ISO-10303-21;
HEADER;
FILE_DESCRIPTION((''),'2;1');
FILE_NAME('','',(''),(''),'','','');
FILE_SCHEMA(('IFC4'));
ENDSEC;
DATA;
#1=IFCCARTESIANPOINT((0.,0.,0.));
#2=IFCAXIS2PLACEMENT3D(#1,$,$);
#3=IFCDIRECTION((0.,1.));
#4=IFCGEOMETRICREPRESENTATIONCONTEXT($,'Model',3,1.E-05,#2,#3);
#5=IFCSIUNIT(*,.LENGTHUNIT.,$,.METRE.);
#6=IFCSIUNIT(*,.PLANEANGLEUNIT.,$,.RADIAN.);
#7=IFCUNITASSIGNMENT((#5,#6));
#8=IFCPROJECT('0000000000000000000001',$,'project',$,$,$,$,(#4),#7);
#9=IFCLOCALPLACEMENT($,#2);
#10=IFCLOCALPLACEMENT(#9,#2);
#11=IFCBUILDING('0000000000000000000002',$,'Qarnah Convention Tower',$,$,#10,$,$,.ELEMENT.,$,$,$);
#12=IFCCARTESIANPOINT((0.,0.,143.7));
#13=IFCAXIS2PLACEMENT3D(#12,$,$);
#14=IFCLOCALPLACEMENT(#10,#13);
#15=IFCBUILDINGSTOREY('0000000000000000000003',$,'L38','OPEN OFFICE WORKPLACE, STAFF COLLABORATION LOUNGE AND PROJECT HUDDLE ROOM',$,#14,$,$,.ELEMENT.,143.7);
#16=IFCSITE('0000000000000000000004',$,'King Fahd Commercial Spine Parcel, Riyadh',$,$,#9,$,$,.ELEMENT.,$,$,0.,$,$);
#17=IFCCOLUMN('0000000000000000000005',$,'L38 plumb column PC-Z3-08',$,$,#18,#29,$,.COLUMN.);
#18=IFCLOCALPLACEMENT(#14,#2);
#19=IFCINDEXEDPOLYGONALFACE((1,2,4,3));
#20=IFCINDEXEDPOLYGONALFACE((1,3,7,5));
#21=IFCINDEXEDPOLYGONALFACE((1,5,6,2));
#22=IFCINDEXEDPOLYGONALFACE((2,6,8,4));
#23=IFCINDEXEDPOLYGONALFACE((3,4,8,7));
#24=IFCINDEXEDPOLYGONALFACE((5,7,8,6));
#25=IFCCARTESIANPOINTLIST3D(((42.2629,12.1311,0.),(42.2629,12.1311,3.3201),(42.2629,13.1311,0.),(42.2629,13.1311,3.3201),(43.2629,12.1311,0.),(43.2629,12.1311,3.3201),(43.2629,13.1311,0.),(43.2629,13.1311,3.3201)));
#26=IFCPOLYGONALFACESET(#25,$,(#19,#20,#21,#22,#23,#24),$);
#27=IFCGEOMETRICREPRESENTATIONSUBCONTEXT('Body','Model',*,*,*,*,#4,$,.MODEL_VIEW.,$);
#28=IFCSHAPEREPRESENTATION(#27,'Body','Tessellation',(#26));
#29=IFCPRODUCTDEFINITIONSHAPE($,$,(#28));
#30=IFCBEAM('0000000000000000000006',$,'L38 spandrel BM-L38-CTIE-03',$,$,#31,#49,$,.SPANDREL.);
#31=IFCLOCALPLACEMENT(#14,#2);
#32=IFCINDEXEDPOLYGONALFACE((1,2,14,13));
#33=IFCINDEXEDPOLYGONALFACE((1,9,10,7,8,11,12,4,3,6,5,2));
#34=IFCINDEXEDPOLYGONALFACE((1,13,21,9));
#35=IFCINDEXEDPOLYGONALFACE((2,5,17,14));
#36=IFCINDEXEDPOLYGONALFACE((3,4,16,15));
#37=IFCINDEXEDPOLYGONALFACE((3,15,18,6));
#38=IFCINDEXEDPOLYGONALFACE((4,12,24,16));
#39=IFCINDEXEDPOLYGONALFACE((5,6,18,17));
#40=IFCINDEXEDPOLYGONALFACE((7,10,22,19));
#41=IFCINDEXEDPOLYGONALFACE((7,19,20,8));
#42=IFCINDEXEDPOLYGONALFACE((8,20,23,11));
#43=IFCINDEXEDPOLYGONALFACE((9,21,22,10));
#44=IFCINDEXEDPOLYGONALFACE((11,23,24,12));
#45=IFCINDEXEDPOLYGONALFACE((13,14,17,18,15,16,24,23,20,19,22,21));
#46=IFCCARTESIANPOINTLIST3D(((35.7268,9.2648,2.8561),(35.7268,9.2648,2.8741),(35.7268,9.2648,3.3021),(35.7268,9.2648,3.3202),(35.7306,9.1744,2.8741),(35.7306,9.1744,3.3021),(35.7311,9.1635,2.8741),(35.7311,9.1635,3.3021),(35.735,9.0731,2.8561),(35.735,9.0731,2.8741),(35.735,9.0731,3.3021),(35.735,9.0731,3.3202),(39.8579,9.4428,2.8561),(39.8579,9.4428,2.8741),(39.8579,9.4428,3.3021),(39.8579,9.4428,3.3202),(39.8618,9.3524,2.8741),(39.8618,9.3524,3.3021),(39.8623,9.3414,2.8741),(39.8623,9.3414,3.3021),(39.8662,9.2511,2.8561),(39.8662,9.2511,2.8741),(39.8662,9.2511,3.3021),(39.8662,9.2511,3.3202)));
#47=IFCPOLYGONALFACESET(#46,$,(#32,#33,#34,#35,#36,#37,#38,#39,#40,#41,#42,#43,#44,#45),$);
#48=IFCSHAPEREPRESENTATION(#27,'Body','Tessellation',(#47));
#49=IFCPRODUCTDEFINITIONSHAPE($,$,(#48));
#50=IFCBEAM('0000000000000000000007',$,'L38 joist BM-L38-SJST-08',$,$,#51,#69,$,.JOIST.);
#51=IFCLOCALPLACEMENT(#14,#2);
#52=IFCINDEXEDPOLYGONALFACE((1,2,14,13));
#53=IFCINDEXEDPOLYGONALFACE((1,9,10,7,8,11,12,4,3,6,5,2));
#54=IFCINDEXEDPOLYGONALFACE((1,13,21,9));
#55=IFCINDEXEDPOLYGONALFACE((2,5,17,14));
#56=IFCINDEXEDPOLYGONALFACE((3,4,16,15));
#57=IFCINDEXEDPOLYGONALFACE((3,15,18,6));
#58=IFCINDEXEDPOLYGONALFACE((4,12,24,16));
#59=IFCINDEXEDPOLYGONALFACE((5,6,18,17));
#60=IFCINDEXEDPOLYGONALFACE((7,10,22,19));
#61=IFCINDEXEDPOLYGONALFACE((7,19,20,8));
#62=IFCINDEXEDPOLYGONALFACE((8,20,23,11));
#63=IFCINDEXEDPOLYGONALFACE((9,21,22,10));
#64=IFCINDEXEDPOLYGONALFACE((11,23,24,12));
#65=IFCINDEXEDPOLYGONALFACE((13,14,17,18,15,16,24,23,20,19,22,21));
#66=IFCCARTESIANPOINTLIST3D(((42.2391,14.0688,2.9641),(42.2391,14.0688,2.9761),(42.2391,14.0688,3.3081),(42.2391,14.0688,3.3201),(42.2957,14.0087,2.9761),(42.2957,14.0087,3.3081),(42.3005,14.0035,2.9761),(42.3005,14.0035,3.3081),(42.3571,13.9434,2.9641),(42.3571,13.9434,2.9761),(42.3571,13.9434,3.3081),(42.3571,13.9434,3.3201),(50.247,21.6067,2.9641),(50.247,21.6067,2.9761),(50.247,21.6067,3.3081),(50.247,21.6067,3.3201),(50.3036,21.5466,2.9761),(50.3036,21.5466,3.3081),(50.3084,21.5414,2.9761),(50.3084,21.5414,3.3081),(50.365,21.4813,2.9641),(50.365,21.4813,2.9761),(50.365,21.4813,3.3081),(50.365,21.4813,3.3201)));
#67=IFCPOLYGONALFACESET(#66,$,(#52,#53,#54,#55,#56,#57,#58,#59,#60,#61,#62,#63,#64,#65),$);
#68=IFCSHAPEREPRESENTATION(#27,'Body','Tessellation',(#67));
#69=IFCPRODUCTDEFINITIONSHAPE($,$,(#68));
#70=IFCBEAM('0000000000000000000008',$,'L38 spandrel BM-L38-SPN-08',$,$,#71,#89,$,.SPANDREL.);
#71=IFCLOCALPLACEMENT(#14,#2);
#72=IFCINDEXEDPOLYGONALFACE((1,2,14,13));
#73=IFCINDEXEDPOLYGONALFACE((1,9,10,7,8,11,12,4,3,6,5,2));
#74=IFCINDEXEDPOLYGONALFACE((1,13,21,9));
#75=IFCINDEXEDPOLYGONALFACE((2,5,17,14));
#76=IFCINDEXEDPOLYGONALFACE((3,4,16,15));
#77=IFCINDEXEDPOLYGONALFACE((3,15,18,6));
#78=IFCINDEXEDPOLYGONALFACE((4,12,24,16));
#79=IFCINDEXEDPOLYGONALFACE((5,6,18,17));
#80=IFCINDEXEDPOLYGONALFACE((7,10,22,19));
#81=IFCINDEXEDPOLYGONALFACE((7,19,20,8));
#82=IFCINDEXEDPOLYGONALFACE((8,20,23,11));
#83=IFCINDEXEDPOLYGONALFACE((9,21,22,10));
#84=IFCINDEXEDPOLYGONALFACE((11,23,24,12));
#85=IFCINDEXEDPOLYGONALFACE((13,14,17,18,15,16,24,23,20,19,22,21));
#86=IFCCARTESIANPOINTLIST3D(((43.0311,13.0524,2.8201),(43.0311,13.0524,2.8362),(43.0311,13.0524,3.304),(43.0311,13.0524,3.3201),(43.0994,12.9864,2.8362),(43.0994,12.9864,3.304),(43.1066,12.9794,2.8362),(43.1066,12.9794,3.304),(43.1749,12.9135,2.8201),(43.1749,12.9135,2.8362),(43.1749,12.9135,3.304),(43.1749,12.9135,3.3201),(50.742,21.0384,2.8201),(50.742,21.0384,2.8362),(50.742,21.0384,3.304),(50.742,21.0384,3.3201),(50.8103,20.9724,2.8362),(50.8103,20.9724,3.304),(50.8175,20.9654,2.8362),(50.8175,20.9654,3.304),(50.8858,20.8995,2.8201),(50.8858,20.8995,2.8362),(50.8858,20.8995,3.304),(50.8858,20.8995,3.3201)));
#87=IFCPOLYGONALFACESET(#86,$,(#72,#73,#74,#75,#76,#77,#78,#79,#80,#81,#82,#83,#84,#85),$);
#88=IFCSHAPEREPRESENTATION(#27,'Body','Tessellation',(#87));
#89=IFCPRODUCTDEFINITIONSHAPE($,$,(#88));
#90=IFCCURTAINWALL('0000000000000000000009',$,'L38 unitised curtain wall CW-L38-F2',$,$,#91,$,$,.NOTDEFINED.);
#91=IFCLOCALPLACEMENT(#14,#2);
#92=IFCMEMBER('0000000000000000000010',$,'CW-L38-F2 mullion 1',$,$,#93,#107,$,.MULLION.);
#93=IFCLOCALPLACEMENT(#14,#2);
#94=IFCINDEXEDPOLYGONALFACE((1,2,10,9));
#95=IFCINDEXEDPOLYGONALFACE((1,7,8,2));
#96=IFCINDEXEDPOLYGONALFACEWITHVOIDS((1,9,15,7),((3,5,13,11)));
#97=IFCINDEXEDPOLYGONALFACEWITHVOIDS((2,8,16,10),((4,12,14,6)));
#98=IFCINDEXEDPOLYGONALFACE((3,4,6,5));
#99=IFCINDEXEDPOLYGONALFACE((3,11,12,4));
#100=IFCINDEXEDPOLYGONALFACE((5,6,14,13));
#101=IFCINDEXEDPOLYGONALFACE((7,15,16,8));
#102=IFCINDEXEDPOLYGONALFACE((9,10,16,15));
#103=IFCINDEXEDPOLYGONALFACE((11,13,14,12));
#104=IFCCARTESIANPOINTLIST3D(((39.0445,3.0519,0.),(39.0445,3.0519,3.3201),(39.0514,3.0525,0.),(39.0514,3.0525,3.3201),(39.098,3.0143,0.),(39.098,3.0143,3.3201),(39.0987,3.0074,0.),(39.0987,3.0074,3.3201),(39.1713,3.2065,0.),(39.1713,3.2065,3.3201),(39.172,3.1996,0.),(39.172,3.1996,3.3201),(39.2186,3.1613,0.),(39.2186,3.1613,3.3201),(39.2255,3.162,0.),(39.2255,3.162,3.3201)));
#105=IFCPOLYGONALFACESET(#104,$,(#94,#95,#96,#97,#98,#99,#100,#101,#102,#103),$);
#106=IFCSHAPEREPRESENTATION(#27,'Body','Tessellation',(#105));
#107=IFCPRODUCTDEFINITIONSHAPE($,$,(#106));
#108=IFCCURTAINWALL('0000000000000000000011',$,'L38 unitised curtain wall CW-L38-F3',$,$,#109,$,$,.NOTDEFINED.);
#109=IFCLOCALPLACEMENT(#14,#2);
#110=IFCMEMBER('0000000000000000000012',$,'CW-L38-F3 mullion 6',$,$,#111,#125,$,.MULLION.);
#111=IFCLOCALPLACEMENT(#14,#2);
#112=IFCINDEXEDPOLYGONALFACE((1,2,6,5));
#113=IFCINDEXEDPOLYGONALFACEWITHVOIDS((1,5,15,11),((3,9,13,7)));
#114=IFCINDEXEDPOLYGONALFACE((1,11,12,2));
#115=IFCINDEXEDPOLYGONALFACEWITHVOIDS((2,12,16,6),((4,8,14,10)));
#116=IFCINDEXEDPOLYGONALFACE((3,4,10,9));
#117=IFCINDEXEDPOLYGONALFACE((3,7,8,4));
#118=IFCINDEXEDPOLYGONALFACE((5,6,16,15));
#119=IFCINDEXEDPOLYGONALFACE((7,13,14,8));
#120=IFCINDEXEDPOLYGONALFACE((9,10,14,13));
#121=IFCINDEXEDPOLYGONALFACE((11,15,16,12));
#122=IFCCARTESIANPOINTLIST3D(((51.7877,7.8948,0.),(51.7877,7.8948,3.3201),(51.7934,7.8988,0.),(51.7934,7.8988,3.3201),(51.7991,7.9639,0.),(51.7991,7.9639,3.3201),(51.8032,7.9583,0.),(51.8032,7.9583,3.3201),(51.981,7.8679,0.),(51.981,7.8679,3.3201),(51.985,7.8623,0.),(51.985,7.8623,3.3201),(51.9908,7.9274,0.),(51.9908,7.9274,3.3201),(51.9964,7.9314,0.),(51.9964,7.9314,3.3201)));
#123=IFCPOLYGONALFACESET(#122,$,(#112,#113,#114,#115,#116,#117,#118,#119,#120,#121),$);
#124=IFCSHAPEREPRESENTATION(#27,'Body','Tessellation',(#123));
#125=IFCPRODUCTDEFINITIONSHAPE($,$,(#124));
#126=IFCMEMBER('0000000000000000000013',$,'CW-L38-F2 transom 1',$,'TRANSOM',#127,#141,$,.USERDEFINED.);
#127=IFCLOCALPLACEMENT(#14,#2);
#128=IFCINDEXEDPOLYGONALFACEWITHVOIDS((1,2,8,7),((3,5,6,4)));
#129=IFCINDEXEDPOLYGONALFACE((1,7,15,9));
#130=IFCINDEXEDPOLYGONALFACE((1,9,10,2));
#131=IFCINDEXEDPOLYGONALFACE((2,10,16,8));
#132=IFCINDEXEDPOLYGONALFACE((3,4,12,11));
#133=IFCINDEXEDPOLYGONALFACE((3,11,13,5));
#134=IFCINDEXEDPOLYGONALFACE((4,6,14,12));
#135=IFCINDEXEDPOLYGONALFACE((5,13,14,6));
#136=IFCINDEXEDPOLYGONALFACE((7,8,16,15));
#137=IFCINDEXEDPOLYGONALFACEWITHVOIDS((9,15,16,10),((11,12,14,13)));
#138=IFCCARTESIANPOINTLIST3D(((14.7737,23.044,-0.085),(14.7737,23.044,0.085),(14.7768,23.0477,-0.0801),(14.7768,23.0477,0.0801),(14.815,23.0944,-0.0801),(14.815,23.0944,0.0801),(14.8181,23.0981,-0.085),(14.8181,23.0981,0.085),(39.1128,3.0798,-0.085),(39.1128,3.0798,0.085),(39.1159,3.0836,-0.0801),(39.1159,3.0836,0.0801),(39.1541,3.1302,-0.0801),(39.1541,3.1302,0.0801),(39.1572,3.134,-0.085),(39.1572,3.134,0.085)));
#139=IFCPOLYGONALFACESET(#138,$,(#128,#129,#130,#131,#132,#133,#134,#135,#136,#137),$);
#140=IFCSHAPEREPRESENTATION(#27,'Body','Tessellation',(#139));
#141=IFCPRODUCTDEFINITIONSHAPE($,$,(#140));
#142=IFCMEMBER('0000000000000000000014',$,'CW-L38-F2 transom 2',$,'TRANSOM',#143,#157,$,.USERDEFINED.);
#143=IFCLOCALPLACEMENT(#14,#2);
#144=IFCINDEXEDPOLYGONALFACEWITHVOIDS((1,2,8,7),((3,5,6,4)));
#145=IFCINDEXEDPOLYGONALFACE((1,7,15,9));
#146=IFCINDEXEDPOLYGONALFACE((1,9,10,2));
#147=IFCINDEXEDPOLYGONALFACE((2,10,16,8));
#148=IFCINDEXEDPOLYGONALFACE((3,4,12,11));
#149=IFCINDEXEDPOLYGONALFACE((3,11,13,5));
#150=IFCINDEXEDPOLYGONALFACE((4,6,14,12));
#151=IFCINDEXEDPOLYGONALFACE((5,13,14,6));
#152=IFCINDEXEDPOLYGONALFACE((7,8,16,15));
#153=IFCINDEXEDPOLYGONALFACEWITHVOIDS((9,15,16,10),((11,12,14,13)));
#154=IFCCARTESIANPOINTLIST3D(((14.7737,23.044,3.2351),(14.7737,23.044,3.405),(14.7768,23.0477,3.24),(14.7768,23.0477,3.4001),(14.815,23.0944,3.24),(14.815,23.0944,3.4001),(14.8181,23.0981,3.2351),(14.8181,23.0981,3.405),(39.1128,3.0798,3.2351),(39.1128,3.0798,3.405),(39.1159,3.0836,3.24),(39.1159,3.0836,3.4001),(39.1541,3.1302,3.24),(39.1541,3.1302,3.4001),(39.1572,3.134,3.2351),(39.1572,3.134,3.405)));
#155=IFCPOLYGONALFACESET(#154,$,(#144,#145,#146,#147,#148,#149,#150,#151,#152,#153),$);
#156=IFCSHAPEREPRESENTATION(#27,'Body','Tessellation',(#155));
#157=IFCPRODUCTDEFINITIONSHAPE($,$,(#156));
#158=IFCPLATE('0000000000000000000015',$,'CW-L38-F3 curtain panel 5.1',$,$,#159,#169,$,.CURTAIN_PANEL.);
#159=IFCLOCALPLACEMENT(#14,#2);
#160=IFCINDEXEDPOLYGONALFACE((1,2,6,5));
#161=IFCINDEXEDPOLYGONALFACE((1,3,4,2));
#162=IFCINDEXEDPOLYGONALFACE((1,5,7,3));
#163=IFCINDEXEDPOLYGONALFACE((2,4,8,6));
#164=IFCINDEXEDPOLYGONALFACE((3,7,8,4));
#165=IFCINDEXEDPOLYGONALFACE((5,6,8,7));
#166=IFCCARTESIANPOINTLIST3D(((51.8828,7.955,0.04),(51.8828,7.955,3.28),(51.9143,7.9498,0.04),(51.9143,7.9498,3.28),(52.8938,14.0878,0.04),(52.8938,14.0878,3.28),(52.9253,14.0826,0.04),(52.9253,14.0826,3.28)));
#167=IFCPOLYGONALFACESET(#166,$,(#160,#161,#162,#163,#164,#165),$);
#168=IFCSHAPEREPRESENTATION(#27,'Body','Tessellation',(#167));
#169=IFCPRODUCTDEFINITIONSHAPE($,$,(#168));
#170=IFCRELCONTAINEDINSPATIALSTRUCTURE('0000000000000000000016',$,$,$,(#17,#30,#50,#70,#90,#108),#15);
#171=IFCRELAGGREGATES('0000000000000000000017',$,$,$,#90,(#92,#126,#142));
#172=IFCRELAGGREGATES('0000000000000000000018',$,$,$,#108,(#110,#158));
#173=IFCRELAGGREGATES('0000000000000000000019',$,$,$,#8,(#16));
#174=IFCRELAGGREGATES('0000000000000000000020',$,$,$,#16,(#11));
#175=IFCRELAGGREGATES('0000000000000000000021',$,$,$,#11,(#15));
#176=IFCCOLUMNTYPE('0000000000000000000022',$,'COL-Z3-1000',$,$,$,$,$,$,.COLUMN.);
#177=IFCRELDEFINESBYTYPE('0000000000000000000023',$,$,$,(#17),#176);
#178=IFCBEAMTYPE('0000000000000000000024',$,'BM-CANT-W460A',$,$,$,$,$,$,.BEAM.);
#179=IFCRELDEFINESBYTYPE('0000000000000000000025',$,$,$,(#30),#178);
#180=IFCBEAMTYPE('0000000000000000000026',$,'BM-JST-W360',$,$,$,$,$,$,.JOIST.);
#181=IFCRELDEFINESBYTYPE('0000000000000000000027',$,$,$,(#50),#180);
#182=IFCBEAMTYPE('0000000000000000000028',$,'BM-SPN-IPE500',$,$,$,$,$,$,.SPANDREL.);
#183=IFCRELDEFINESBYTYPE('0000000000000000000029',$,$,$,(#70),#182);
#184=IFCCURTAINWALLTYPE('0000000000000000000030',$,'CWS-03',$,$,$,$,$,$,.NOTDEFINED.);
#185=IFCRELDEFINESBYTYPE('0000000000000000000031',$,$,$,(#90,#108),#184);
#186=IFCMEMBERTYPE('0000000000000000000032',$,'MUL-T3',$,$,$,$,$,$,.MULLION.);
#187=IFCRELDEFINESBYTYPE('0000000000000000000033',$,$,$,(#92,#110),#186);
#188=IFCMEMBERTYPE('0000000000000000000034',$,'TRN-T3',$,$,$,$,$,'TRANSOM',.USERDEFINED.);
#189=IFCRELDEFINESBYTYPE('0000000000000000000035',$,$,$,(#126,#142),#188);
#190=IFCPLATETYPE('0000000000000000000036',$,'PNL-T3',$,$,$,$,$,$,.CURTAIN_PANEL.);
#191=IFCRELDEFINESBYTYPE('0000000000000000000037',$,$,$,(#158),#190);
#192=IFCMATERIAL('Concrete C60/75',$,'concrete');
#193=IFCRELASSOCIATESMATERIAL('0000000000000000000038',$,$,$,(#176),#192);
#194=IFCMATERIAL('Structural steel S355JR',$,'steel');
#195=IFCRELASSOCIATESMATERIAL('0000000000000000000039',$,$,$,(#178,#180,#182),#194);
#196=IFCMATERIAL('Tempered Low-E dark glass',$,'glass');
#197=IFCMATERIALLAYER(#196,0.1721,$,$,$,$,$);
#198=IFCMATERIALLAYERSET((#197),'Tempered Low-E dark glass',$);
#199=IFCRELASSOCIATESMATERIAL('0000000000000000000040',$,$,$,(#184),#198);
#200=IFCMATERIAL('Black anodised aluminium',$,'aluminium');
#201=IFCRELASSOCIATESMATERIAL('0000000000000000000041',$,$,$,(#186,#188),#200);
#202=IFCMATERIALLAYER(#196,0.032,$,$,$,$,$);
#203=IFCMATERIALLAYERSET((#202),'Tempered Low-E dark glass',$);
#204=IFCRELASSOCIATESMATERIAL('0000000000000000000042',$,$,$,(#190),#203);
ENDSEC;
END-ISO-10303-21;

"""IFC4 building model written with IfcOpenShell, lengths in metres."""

from ifc_helpers import new_model, si_unit, direction, frame, origin, origin_2d, place, context, subcontext, project, spatial, rectangle, hollow_rectangle, i_section, extrude, material, layer, layer_set, material_profile, profile_set, type_object, element, aggregate, save


model = new_model("IFC4")

# Units and contexts
model_context = context("Model", 3, precision=1e-05, world=origin(), true_north=direction((0.0, 1.0)))
body_context = subcontext(model_context, "Body", "Model", "MODEL_VIEW")
ifc_project = project(units=[si_unit("LENGTHUNIT", "METRE"), si_unit("PLANEANGLEUNIT", "RADIAN")], contexts=[model_context])

# Site, building, storey
site_placement = place(None, origin())
site = spatial("IfcSite", under=ifc_project, at=site_placement, Name="King Fahd Commercial Spine Parcel, Riyadh", CompositionType="ELEMENT", RefElevation=0.0)
building_placement = place(site_placement, origin())
building = spatial("IfcBuilding", under=site, at=building_placement, Name="Qarnah Convention Tower", CompositionType="ELEMENT")
storey_placement = place(building_placement, frame((0.0, 0.0, 143.7)))
storey = spatial("IfcBuildingStorey", under=building, at=storey_placement, Name="L38", Description="OPEN OFFICE WORKPLACE, STAFF COLLABORATION LOUNGE AND PROJECT HUDDLE ROOM", CompositionType="ELEMENT", Elevation=143.7)

# Column
ifc_material_1 = material(Name="Concrete C60/75", Category="concrete")
ifc_material_profile_1 = material_profile(ifc_material_1, rectangle(XDim=1.0, YDim=1.0, at=origin_2d()), Name="RC-COL-1000X1000")
ifc_profile_set_1 = profile_set([ifc_material_profile_1], Name="Concrete C60/75")
column_type = type_object("IfcColumnType", Name="COL-Z3-1000", PredefinedType="COLUMN", material=ifc_profile_set_1)
column_placement = place(storey_placement, frame((42.7629, 12.6311, 0.0), z_axis=(0.0, 0.0, 1.0), x_axis=(1.0, 0.0, 0.0)))
element("IfcColumn", 1, at=column_placement, inside=storey, type_object=column_type, Name="L38 plumb column PC-Z3-08", PredefinedType="COLUMN", context=body_context, shape_type="SweptSolid", body=[
    extrude(rectangle(XDim=1.0, YDim=1.0, at=origin_2d()), origin(), (0.0, 0.0, 1.0), 3.3201),
])

# Beams
ifc_material_2 = material(Name="Structural steel S355JR", Category="steel")
ifc_material_profile_2 = material_profile(ifc_material_2, i_section(OverallWidth=0.1919, OverallDepth=0.4641, WebThickness=0.011, FlangeThickness=0.0181, at=origin_2d()), Name="W460X89")
ifc_profile_set_2 = profile_set([ifc_material_profile_2], Name="Structural steel S355JR")
beam_type_1 = type_object("IfcBeamType", Name="BM-CANT-W460A", PredefinedType="BEAM", material=ifc_profile_set_2)
beam_1_placement = place(storey_placement, frame((39.8621, 9.3469, 3.0881), z_axis=(-0.999073, -0.043043, 0.0), x_axis=(0.043043, -0.999073, 0.0)))
element("IfcBeam", 2, at=beam_1_placement, inside=storey, type_object=beam_type_1, Name="L38 spandrel BM-L38-CTIE-03", PredefinedType="SPANDREL", context=body_context, shape_type="SweptSolid", body=[
    extrude(i_section(OverallWidth=0.1919, OverallDepth=0.4641, WebThickness=0.011, FlangeThickness=0.0181, at=origin_2d()), origin(), (0.0, 0.0, 1.0), 4.135),
])
ifc_material_profile_3 = material_profile(ifc_material_2, i_section(OverallWidth=0.1721, OverallDepth=0.356, WebThickness=0.0071, FlangeThickness=0.012, at=origin_2d()), Name="W360X51")
ifc_profile_set_3 = profile_set([ifc_material_profile_3], Name="Structural steel S355JR")
beam_type_2 = type_object("IfcBeamType", Name="BM-JST-W360", PredefinedType="JOIST", material=ifc_profile_set_3)
beam_2_placement = place(storey_placement, frame((42.2981, 14.0061, 3.1421), z_axis=(0.728151, 0.685417, 0.0), x_axis=(-0.685417, 0.728151, 0.0)))
element("IfcBeam", 3, at=beam_2_placement, inside=storey, type_object=beam_type_2, Name="L38 joist BM-L38-SJST-08", PredefinedType="JOIST", context=body_context, shape_type="SweptSolid", body=[
    extrude(i_section(OverallWidth=0.1721, OverallDepth=0.356, WebThickness=0.0071, FlangeThickness=0.012, at=origin_2d()), origin(), (0.0, 0.0, 1.0), 10.9976),
])
ifc_material_profile_4 = material_profile(ifc_material_2, i_section(OverallWidth=0.2, OverallDepth=0.5, WebThickness=0.01, FlangeThickness=0.0161, at=origin_2d()), Name="IPE500")
ifc_profile_set_4 = profile_set([ifc_material_profile_4], Name="Structural steel S355JR")
beam_type_3 = type_object("IfcBeamType", Name="BM-SPN-IPE500", PredefinedType="SPANDREL", material=ifc_profile_set_4)
beam_3_placement = place(storey_placement, frame((43.103, 12.9829, 3.0701), z_axis=(0.694606, 0.719391, 0.0), x_axis=(-0.719391, 0.694606, 0.0)))
element("IfcBeam", 4, at=beam_3_placement, inside=storey, type_object=beam_type_3, Name="L38 spandrel BM-L38-SPN-08", PredefinedType="SPANDREL", context=body_context, shape_type="SweptSolid", body=[
    extrude(i_section(OverallWidth=0.2, OverallDepth=0.5, WebThickness=0.01, FlangeThickness=0.0161, at=origin_2d()), origin(), (0.0, 0.0, 1.0), 11.1011),
])

# Curtain walls, members
ifc_material_3 = material(Name="Tempered Low-E dark glass", Category="glass")
ifc_layer_1 = layer(ifc_material_3, 0.1721)
ifc_layer_set_1 = layer_set([ifc_layer_1], Name="Tempered Low-E dark glass")
curtain_wall_type = type_object("IfcCurtainWallType", Name="CWS-03", PredefinedType="NOTDEFINED", material=ifc_layer_set_1)
curtain_wall_1_placement = place(storey_placement, origin())
curtain_wall_1 = element("IfcCurtainWall", 5, at=curtain_wall_1_placement, inside=storey, type_object=curtain_wall_type, Name="L38 unitised curtain wall CW-L38-F2", PredefinedType="NOTDEFINED")
ifc_material_4 = material(Name="Black anodised aluminium", Category="aluminium")
ifc_material_profile_5 = material_profile(ifc_material_4, hollow_rectangle(XDim=0.0701, YDim=0.2, WallThickness=0.0049, at=origin_2d()), Name="MUL-70X200")
ifc_profile_set_5 = profile_set([ifc_material_profile_5], Name="Black anodised aluminium")
member_type_1 = type_object("IfcMemberType", Name="MUL-T3", PredefinedType="MULLION", material=ifc_profile_set_5)
member_1_placement = place(storey_placement, frame((39.135, 3.1069, 0.0), z_axis=(0.0, 0.0, 1.0), x_axis=(-0.773174, 0.634194, 0.0)))
member_1 = element("IfcMember", 6, at=member_1_placement, type_object=member_type_1, Name="CW-L38-F2 mullion 1", PredefinedType="MULLION", context=body_context, shape_type="SweptSolid", body=[
    extrude(hollow_rectangle(XDim=0.0701, YDim=0.2, WallThickness=0.0049, at=origin_2d()), origin(), (0.0, 0.0, 1.0), 3.3201),
])
curtain_wall_2_placement = place(storey_placement, origin())
curtain_wall_2 = element("IfcCurtainWall", 7, at=curtain_wall_2_placement, inside=storey, type_object=curtain_wall_type, Name="L38 unitised curtain wall CW-L38-F3", PredefinedType="NOTDEFINED")
member_2_placement = place(storey_placement, frame((51.8921, 7.9131, 0.0), z_axis=(0.0, 0.0, 1.0), x_axis=(-0.162652, -0.986683, 0.0)))
member_2 = element("IfcMember", 8, at=member_2_placement, type_object=member_type_1, Name="CW-L38-F3 mullion 6", PredefinedType="MULLION", context=body_context, shape_type="SweptSolid", body=[
    extrude(hollow_rectangle(XDim=0.0701, YDim=0.2, WallThickness=0.0049, at=origin_2d()), origin(), (0.0, 0.0, 1.0), 3.3201),
])

# Members
ifc_material_profile_6 = material_profile(ifc_material_4, hollow_rectangle(XDim=0.0701, YDim=0.1699, WallThickness=0.0049, at=origin_2d()), Name="TRN-70X170")
ifc_profile_set_6 = profile_set([ifc_material_profile_6], Name="Black anodised aluminium")
member_type_2 = type_object("IfcMemberType", Name="TRN-T3", ElementType="TRANSOM", PredefinedType="USERDEFINED", material=ifc_profile_set_6)
member_3_placement = place(storey_placement, frame((39.135, 3.1069, 0.0), z_axis=(-0.773174, 0.634194, 0.0), x_axis=(-0.634194, -0.773174, 0.0)))
member_3 = element("IfcMember", 9, at=member_3_placement, type_object=member_type_2, Name="CW-L38-F2 transom 1", ObjectType="TRANSOM", PredefinedType="USERDEFINED", context=body_context, shape_type="SweptSolid", body=[
    extrude(hollow_rectangle(XDim=0.0701, YDim=0.1699, WallThickness=0.0049, at=origin_2d()), origin(), (0.0, 0.0, 1.0), 31.4795),
])
member_4_placement = place(storey_placement, frame((39.135, 3.1069, 3.3201), z_axis=(-0.773174, 0.634194, 0.0), x_axis=(-0.634194, -0.773174, 0.0)))
member_4 = element("IfcMember", 10, at=member_4_placement, type_object=member_type_2, Name="CW-L38-F2 transom 2", ObjectType="TRANSOM", PredefinedType="USERDEFINED", context=body_context, shape_type="SweptSolid", body=[
    extrude(hollow_rectangle(XDim=0.0701, YDim=0.1699, WallThickness=0.0049, at=origin_2d()), origin(), (0.0, 0.0, 1.0), 31.4795),
])
aggregate(curtain_wall_1, [member_1, member_3, member_4])

# Plate
ifc_layer_2 = layer(ifc_material_3, 0.032)
ifc_layer_set_2 = layer_set([ifc_layer_2], Name="Tempered Low-E dark glass")
plate_type = type_object("IfcPlateType", Name="PNL-T3", PredefinedType="CURTAIN_PANEL", material=ifc_layer_set_2)
plate_placement = place(storey_placement, frame((52.4041, 11.0188, 0.04), z_axis=(0.0, 0.0, 1.0), x_axis=(-0.162652, -0.986683, 0.0)))
plate = element("IfcPlate", 11, at=plate_placement, type_object=plate_type, Name="CW-L38-F3 curtain panel 5.1", PredefinedType="CURTAIN_PANEL", context=body_context, shape_type="SweptSolid", body=[
    extrude(rectangle(XDim=6.2156, YDim=0.032, at=origin_2d()), origin(), (0.0, 0.0, 1.0), 3.24),
])
aggregate(curtain_wall_2, [member_2, plate])

save(model, "model.ifc")
